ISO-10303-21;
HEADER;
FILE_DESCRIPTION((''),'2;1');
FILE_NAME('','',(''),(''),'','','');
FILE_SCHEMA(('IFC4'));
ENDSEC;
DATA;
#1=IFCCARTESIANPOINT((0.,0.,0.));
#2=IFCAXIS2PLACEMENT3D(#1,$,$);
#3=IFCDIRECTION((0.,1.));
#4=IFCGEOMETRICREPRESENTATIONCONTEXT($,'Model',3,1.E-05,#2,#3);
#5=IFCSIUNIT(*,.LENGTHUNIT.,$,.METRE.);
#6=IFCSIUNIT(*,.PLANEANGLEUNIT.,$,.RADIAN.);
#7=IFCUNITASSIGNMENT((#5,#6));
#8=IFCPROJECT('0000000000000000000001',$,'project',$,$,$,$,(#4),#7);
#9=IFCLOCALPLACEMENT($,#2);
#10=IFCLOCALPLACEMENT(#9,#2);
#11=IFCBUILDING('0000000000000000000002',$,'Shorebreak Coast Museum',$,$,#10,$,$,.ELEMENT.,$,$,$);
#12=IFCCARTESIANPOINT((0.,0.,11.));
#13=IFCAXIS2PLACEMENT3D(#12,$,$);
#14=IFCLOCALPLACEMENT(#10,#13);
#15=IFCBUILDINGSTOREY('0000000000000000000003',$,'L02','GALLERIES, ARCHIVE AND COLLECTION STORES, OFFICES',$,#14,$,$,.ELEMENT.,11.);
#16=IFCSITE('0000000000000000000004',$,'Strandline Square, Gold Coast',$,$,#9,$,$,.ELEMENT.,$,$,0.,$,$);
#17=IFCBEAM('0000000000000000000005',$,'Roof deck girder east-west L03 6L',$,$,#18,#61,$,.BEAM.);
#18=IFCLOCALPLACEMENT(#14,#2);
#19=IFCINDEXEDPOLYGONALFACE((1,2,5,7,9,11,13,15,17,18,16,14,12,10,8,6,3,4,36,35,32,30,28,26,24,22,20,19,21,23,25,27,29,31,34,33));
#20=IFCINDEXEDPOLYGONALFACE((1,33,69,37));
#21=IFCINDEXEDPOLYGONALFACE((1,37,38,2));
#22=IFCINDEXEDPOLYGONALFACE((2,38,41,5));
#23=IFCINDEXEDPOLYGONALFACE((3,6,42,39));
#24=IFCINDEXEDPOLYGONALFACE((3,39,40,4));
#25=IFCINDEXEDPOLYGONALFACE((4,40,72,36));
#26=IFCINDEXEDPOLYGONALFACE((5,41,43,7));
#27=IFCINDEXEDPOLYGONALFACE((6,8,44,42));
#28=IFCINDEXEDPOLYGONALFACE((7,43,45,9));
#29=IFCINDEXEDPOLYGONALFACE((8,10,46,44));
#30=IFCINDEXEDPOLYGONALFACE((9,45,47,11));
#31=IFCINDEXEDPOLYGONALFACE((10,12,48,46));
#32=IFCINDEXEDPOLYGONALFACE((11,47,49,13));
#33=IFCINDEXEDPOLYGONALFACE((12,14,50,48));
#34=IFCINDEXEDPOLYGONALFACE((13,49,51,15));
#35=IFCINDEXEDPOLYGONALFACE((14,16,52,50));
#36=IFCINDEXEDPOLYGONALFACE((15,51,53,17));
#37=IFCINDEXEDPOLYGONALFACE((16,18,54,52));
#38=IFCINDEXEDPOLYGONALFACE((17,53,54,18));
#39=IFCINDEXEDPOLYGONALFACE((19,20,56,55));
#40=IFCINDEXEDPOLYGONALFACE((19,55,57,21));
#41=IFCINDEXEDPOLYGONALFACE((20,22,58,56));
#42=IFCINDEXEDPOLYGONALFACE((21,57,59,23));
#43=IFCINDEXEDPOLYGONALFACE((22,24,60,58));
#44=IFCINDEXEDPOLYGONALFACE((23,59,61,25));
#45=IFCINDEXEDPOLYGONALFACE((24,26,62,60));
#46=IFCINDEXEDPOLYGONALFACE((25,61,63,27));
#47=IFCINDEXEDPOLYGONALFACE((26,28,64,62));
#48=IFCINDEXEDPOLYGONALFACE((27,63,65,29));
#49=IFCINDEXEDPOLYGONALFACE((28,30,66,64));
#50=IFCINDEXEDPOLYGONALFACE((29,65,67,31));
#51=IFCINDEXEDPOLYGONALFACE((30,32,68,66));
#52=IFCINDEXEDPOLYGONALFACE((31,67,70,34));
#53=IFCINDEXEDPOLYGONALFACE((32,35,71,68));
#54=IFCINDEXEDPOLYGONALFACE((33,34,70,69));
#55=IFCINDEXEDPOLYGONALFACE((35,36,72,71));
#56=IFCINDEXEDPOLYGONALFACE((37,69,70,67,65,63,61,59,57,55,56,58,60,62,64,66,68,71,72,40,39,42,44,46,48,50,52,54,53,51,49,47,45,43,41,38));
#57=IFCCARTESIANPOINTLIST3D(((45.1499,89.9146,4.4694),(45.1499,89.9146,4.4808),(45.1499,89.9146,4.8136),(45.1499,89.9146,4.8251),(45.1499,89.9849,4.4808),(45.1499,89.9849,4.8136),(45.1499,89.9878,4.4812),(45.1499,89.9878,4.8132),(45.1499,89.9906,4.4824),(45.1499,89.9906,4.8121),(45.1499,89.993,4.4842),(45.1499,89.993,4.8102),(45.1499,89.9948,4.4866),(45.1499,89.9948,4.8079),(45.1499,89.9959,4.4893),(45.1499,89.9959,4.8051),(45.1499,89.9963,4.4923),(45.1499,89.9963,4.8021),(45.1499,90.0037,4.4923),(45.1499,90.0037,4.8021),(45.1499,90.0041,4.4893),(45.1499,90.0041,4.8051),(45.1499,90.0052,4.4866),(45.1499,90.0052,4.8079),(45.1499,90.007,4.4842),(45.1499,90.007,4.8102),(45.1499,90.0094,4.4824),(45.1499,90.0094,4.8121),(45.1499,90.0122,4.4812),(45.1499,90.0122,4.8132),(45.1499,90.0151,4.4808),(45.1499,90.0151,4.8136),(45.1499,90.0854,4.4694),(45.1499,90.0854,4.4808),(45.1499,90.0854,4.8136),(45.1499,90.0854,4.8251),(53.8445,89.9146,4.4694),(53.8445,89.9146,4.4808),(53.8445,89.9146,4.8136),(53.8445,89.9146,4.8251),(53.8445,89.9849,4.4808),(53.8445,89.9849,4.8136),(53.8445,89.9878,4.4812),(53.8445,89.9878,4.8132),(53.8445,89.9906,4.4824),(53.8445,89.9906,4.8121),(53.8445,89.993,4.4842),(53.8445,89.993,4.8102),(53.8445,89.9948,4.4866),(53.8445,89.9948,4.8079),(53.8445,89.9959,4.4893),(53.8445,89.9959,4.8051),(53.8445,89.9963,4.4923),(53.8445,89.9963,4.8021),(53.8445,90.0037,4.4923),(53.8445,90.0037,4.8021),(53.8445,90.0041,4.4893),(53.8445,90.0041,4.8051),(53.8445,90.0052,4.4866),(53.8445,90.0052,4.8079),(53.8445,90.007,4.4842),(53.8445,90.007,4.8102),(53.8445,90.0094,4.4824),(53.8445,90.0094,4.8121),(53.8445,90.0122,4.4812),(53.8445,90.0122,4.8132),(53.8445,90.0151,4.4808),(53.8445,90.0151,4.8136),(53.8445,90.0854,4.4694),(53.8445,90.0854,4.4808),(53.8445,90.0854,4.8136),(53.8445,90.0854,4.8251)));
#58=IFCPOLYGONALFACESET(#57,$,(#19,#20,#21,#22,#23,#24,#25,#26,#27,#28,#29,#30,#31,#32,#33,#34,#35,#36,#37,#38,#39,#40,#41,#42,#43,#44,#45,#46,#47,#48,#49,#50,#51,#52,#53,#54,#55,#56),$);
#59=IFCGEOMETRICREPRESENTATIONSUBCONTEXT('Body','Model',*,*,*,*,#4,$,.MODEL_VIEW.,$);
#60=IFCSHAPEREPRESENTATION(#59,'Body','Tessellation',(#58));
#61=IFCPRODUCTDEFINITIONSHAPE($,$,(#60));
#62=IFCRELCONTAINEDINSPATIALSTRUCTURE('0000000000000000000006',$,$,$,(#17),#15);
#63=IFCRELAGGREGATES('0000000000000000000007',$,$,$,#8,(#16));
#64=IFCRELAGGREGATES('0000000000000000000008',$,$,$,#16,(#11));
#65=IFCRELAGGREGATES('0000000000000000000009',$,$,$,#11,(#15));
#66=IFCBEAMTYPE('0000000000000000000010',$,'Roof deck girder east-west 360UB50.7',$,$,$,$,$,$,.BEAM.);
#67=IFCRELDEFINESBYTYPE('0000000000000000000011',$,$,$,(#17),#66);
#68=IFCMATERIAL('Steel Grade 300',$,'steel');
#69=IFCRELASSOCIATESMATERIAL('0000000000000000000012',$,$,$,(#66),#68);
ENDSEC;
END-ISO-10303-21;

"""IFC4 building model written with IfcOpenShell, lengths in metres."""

from ifc_helpers import new_model, si_unit, direction, frame, origin, origin_2d, place, context, subcontext, project, spatial, i_section, extrude, material, material_profile, profile_set, type_object, element, save


model = new_model("IFC4")

# Units and contexts
model_context = context("Model", 3, precision=1e-05, world=origin(), true_north=direction((0.0, 1.0)))
body_context = subcontext(model_context, "Body", "Model", "MODEL_VIEW")
ifc_project = project(units=[si_unit("LENGTHUNIT", "METRE"), si_unit("PLANEANGLEUNIT", "RADIAN")], contexts=[model_context])

# Site, building, storey
site_placement = place(None, origin())
site = spatial("IfcSite", under=ifc_project, at=site_placement, Name="Strandline Square, Gold Coast", CompositionType="ELEMENT", RefElevation=0.0)
building_placement = place(site_placement, origin())
building = spatial("IfcBuilding", under=site, at=building_placement, Name="Shorebreak Coast Museum", CompositionType="ELEMENT")
storey_placement = place(building_placement, frame((0.0, 0.0, 11.0)))
storey = spatial("IfcBuildingStorey", under=building, at=storey_placement, Name="L02", Description="GALLERIES, ARCHIVE AND COLLECTION STORES, OFFICES", CompositionType="ELEMENT", Elevation=11.0)

# Beam
ifc_material_1 = material(Name="Steel Grade 300", Category="steel")
ifc_material_profile_1 = material_profile(ifc_material_1, i_section(OverallWidth=0.1709, OverallDepth=0.3557, WebThickness=0.0073, FlangeThickness=0.0115, FilletRadius=0.0115, at=origin_2d()), Name="360UB50.7")
ifc_profile_set_1 = profile_set([ifc_material_profile_1], Name="Steel Grade 300")
beam_type_1 = type_object("IfcBeamType", Name="Roof deck girder east-west 360UB50.7", PredefinedType="BEAM", material=ifc_profile_set_1)
beam_1_placement = place(storey_placement, frame((45.1499, 90.0, 4.6472), z_axis=(1.0, 0.0, 0.0), x_axis=(0.0, 1.0, 0.0)))
element("IfcBeam", 1, at=beam_1_placement, inside=storey, type_object=beam_type_1, Name="Roof deck girder east-west L03 6L", PredefinedType="BEAM", context=body_context, shape_type="SweptSolid", body=[
    extrude(i_section(OverallWidth=0.1709, OverallDepth=0.3557, WebThickness=0.0073, FlangeThickness=0.0115, FilletRadius=0.0115, at=origin_2d()), origin(), (0.0, 0.0, 1.0), 8.6946),
])

save(model, "model.ifc")
